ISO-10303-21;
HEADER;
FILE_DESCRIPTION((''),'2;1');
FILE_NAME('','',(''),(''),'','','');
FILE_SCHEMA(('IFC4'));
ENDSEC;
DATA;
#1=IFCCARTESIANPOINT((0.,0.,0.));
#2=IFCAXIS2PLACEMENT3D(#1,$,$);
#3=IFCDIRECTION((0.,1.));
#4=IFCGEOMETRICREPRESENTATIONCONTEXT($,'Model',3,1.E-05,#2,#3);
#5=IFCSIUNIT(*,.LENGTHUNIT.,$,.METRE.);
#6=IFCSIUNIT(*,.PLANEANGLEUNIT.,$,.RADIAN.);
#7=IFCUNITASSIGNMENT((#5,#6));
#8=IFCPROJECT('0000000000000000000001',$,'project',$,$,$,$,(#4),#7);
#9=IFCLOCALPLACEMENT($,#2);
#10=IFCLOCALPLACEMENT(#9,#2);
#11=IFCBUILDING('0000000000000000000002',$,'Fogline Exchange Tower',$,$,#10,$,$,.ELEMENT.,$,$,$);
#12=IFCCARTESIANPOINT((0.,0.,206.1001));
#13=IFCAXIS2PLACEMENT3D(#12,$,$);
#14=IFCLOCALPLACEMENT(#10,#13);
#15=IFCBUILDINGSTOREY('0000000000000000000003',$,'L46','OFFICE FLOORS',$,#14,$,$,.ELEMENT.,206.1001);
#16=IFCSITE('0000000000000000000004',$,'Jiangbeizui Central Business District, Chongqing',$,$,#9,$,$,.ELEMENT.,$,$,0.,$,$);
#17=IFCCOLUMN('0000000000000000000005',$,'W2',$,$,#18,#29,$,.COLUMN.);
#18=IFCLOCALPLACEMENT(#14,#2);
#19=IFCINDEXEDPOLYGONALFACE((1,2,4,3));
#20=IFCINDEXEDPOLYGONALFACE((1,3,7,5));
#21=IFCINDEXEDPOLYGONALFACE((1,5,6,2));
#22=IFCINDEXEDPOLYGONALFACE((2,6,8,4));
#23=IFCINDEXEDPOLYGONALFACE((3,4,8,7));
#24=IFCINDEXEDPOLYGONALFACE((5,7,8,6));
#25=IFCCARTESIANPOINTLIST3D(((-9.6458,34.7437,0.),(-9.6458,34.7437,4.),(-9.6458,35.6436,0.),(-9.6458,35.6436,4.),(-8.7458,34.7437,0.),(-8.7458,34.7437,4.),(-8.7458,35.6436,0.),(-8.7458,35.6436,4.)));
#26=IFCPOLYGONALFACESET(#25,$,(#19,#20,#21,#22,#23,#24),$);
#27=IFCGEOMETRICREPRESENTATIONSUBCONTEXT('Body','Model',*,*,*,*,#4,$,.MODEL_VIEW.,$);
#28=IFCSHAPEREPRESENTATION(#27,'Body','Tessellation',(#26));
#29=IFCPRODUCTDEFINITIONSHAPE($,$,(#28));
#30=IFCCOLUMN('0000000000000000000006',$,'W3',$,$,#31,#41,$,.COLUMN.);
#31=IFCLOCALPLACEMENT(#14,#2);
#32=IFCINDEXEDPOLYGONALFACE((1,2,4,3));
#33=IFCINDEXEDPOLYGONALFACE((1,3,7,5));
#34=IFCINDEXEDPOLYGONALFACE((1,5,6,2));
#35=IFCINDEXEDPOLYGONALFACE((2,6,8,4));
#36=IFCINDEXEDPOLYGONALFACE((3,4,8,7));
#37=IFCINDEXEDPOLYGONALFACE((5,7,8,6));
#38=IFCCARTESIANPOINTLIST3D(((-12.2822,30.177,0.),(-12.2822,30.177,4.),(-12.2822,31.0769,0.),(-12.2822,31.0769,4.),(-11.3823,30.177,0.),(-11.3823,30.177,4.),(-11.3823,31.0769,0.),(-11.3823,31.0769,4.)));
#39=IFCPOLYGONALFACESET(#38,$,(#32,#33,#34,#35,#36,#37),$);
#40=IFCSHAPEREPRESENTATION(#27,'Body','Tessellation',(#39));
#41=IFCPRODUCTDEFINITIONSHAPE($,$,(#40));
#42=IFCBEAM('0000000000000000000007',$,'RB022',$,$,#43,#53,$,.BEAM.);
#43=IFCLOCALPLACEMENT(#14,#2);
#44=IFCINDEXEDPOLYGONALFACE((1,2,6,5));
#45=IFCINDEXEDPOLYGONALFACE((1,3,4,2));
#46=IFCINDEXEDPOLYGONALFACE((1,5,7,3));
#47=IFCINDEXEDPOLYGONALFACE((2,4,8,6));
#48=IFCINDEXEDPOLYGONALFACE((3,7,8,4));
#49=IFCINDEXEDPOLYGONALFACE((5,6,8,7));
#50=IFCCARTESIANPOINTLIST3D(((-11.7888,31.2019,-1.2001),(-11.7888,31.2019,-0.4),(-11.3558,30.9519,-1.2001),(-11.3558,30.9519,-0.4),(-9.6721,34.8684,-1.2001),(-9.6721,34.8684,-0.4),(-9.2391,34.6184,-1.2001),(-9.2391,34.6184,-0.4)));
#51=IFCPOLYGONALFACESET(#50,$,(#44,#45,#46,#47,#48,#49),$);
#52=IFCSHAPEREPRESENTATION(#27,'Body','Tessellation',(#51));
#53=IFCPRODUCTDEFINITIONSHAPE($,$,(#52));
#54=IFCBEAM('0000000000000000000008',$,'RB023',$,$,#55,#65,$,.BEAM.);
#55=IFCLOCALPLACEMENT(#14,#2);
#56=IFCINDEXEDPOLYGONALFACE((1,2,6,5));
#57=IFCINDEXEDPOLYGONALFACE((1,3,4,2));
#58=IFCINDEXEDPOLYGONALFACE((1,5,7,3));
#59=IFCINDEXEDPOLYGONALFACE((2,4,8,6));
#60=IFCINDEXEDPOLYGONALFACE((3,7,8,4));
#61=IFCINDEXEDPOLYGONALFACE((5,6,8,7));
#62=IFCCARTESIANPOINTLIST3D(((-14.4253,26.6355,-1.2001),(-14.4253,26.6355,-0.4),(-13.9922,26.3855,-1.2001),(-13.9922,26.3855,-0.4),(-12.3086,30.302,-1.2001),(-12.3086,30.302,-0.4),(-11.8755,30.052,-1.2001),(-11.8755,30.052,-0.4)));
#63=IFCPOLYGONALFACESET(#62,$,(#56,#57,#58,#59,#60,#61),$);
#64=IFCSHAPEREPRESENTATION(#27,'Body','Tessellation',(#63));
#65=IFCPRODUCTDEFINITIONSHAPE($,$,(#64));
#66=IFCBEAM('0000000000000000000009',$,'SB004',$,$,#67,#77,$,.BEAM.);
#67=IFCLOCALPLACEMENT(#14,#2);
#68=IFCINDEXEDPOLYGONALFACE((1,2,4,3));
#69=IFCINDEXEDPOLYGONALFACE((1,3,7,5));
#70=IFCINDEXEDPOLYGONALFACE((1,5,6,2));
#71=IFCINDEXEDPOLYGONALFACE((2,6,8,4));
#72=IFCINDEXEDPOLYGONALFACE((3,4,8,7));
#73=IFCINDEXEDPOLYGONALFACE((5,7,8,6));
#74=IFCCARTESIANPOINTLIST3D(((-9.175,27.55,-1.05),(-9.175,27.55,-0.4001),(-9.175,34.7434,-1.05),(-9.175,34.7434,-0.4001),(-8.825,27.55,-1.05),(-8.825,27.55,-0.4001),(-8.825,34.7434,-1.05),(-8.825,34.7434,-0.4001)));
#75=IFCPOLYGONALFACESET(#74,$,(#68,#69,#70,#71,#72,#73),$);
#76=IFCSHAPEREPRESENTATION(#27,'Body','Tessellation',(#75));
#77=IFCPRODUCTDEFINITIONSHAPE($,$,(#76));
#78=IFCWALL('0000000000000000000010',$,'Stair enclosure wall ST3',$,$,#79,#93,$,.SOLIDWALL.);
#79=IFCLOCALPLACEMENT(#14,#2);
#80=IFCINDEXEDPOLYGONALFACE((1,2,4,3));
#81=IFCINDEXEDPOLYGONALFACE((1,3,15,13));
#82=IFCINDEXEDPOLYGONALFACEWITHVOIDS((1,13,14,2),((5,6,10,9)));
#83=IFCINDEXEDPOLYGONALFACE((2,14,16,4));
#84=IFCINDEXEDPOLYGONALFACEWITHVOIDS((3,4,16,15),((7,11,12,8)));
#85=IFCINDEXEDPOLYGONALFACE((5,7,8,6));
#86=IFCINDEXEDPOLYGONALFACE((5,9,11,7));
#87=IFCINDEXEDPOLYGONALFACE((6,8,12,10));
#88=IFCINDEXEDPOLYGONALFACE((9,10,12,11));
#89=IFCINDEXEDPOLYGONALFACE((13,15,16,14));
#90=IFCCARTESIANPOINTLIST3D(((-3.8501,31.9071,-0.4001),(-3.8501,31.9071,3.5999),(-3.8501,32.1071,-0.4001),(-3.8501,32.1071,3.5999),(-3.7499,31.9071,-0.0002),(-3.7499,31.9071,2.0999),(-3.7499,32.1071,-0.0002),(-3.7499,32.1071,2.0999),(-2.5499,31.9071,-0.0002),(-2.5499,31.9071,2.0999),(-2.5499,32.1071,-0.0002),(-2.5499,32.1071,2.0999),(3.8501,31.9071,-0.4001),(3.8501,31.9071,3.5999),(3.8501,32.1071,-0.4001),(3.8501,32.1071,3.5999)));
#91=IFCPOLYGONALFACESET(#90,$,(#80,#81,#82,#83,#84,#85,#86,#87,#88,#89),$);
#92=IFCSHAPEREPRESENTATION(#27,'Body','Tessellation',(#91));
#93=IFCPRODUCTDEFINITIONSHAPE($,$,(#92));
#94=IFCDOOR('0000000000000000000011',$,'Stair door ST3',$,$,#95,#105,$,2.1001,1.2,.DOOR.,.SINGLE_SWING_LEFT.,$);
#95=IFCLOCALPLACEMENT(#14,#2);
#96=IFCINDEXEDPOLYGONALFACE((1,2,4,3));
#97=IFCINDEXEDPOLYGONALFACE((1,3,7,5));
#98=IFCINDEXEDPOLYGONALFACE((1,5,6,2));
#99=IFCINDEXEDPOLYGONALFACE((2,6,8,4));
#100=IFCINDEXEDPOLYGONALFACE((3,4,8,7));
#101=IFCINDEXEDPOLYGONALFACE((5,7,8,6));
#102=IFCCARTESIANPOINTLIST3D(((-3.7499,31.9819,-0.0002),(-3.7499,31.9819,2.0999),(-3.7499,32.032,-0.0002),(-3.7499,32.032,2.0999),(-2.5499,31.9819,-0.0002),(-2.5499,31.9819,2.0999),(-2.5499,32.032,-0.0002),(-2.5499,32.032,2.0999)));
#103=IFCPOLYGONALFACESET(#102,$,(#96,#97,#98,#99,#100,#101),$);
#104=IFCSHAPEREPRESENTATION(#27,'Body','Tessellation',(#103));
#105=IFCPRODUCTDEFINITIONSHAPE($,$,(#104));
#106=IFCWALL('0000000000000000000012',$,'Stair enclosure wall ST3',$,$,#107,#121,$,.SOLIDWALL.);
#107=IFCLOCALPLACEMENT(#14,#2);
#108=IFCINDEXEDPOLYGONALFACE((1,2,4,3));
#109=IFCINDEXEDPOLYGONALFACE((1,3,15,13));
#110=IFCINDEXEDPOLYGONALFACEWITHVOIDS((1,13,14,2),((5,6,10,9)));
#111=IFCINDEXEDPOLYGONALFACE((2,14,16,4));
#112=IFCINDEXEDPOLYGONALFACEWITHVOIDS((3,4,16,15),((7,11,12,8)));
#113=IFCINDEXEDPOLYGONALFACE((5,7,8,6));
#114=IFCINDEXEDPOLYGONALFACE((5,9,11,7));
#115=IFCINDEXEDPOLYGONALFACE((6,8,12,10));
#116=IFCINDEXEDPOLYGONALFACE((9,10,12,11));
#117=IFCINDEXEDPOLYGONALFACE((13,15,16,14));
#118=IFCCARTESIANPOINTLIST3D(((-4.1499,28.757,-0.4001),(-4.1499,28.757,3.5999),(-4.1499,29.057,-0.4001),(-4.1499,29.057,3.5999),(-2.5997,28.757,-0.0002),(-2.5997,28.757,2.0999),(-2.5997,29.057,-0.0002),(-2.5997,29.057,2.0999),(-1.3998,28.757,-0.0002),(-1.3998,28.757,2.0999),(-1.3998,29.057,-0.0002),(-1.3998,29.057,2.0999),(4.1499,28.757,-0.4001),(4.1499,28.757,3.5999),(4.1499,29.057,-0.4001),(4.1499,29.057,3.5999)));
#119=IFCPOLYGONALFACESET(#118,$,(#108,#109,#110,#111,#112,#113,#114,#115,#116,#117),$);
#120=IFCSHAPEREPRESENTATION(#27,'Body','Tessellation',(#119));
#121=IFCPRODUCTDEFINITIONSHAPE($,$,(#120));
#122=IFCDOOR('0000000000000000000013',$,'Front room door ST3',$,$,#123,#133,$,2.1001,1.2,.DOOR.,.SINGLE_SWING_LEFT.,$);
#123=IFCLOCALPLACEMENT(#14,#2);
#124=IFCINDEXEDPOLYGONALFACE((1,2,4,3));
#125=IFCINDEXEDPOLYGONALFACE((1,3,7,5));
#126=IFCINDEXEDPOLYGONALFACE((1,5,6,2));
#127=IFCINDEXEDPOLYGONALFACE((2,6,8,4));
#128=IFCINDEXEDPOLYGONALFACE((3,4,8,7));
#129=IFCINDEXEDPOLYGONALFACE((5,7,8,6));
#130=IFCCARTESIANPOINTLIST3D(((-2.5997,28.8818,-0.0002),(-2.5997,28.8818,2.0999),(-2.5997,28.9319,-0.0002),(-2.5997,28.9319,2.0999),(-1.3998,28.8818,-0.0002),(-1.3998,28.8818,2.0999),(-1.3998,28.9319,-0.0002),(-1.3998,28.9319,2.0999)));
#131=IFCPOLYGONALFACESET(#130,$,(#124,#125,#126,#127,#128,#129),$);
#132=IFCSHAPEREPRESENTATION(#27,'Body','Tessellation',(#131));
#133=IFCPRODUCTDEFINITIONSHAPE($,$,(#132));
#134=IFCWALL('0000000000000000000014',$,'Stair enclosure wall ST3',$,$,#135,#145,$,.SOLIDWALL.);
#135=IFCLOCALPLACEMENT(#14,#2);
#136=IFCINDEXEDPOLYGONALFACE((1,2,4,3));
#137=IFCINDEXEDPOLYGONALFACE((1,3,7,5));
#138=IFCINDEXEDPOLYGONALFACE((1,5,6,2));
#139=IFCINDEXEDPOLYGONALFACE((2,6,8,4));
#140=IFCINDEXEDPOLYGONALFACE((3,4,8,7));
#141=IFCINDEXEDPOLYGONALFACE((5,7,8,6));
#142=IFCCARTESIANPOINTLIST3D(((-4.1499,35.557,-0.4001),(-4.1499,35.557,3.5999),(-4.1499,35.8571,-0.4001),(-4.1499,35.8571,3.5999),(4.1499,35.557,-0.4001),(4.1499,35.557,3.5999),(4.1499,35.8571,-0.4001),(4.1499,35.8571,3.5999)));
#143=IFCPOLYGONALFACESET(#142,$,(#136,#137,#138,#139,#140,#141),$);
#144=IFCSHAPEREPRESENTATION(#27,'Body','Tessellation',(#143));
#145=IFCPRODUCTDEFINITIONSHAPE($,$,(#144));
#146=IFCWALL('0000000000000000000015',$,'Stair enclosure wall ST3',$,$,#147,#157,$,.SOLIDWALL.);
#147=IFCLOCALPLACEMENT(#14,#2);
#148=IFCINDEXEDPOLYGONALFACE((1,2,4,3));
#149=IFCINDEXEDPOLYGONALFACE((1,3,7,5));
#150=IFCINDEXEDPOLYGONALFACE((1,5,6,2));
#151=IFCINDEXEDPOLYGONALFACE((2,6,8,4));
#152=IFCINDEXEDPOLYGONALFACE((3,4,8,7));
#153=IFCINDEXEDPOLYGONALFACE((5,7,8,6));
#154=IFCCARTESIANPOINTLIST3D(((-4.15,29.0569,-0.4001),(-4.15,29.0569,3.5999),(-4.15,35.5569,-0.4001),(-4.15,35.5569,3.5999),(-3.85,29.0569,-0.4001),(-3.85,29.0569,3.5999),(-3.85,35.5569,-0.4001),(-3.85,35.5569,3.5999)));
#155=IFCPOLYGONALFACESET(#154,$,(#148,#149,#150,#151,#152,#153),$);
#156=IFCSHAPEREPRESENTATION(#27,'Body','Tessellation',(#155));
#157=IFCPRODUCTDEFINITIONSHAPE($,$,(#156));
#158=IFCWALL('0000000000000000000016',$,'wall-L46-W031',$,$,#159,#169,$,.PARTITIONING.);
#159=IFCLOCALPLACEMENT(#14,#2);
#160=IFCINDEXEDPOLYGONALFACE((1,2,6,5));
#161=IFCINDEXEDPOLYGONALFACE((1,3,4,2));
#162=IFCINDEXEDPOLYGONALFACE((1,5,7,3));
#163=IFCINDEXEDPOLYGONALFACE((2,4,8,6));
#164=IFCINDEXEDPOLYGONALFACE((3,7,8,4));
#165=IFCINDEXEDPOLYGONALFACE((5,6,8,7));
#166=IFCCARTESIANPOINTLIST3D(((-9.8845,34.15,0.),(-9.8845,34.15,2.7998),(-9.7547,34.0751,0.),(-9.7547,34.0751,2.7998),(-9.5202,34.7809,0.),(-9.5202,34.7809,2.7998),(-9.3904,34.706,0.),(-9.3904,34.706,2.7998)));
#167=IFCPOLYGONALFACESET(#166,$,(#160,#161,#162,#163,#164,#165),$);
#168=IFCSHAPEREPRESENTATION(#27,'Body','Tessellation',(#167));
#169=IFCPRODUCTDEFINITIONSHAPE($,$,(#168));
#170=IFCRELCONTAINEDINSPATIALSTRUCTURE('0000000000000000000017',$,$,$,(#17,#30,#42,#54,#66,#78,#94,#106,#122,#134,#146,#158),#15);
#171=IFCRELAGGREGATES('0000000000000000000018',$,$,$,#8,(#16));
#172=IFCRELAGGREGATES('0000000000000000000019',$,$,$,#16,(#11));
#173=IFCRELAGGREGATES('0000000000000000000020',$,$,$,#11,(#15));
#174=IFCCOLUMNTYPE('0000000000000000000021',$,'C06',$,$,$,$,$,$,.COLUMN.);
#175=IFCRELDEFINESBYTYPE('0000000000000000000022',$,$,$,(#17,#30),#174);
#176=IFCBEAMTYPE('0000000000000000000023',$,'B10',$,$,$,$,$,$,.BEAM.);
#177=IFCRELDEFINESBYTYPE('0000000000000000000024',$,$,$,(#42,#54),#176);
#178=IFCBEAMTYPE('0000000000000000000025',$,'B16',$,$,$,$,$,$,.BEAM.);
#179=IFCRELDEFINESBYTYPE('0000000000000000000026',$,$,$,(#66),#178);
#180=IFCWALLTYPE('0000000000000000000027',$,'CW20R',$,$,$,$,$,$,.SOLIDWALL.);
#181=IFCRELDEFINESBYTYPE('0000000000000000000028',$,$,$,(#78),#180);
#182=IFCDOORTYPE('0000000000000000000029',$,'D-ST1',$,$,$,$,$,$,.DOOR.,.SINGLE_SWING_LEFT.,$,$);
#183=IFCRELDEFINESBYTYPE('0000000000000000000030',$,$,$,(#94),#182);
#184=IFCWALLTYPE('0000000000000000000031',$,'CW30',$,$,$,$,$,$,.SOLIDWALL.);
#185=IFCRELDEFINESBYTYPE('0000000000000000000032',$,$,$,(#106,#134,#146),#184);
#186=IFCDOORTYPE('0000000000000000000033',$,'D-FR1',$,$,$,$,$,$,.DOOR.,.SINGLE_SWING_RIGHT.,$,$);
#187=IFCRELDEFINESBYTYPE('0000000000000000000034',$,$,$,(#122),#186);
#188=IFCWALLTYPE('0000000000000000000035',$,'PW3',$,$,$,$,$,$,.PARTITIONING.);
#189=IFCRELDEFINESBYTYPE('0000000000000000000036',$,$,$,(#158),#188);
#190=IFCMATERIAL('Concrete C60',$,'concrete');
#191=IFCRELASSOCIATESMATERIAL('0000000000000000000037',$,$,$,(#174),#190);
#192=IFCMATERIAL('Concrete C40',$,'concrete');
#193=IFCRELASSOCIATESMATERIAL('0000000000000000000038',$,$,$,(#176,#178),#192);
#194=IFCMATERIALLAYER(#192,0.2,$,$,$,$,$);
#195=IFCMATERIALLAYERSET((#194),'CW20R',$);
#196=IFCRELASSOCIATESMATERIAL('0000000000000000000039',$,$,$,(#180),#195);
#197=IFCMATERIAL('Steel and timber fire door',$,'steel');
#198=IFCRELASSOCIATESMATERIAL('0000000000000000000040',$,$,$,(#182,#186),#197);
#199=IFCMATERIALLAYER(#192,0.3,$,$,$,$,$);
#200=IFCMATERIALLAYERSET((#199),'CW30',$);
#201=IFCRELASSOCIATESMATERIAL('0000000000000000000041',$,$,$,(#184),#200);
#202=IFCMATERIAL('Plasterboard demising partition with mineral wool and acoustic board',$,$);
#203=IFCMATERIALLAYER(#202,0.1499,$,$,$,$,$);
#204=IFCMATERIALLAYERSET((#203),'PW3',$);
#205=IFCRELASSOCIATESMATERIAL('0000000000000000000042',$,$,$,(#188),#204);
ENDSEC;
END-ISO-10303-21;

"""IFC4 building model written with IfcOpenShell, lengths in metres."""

from ifc_helpers import new_model, si_unit, direction, frame, frame_2d, origin, origin_2d, place, context, subcontext, project, spatial, rectangle, extrude, material, layer, layer_set, material_profile, profile_set, type_object, element, fill, save


model = new_model("IFC4")

# Units and contexts
model_context = context("Model", 3, precision=1e-05, world=origin(), true_north=direction((0.0, 1.0)))
body_context = subcontext(model_context, "Body", "Model", "MODEL_VIEW")
ifc_project = project(units=[si_unit("LENGTHUNIT", "METRE"), si_unit("PLANEANGLEUNIT", "RADIAN")], contexts=[model_context])

# Site, building, storey
site_placement = place(None, origin())
site = spatial("IfcSite", under=ifc_project, at=site_placement, Name="Jiangbeizui Central Business District, Chongqing", CompositionType="ELEMENT", RefElevation=0.0)
building_placement = place(site_placement, origin())
building = spatial("IfcBuilding", under=site, at=building_placement, Name="Fogline Exchange Tower", CompositionType="ELEMENT")
storey_placement = place(building_placement, frame((0.0, 0.0, 206.1001)))
storey = spatial("IfcBuildingStorey", under=building, at=storey_placement, Name="L46", Description="OFFICE FLOORS", CompositionType="ELEMENT", Elevation=206.1001)

# Columns
ifc_material_1 = material(Name="Concrete C60", Category="concrete")
ifc_material_profile_1 = material_profile(ifc_material_1, rectangle(XDim=0.8999, YDim=0.8999, at=origin_2d()), Name="RC 900x900")
ifc_profile_set_1 = profile_set([ifc_material_profile_1], Name="Concrete C60")
column_type = type_object("IfcColumnType", Name="C06", PredefinedType="COLUMN", material=ifc_profile_set_1)
for number, where, z_axis, x_axis, name in (
    (1, (-9.1958, 35.1936, 0.0), (0.0, 0.0, 1.0), (1.0, 0.0, 0.0), "W2"),
    (2, (-11.8323, 30.627, 0.0), (0.0, 0.0, 1.0), (1.0, 0.0, 0.0), "W3"),
):
    element("IfcColumn", number, at=place(storey_placement, frame(where, z_axis=z_axis, x_axis=x_axis)), inside=storey, type_object=column_type, Name=name, PredefinedType="COLUMN", context=body_context, shape_type="SweptSolid", body=[
        extrude(rectangle(XDim=0.8999, YDim=0.8999, at=origin_2d()), origin(), (0.0, 0.0, 1.0), 4.0),
    ])

# Beams
ifc_material_2 = material(Name="Concrete C40", Category="concrete")
ifc_material_profile_2 = material_profile(ifc_material_2, rectangle(XDim=0.5, YDim=0.8, at=origin_2d()), Name="RC 500x800")
ifc_profile_set_2 = profile_set([ifc_material_profile_2], Name="Concrete C40")
beam_type_1 = type_object("IfcBeamType", Name="B10", PredefinedType="BEAM", material=ifc_profile_set_2)
for number, where, z_axis, x_axis, name in (
    (3, (-9.4556, 34.7434, -0.8), (-0.499972, -0.866042, 0.0), (0.866042, -0.499972, 0.0), "RB022"),
    (4, (-12.092, 30.177, -0.8), (-0.499972, -0.866042, 0.0), (0.866042, -0.499972, 0.0), "RB023"),
):
    element("IfcBeam", number, at=place(storey_placement, frame(where, z_axis=z_axis, x_axis=x_axis)), inside=storey, type_object=beam_type_1, Name=name, PredefinedType="BEAM", context=body_context, shape_type="SweptSolid", body=[
        extrude(rectangle(XDim=0.5, YDim=0.8, at=origin_2d()), origin(), (0.0, 0.0, 1.0), 4.2336),
    ])
ifc_material_profile_3 = material_profile(ifc_material_2, rectangle(XDim=0.3501, YDim=0.6499, at=origin_2d()), Name="RC 350x650")
ifc_profile_set_3 = profile_set([ifc_material_profile_3], Name="Concrete C40")
beam_type_2 = type_object("IfcBeamType", Name="B16", PredefinedType="BEAM", material=ifc_profile_set_3)
beam_placement = place(storey_placement, frame((-9.0, 27.55, -0.7251), z_axis=(0.0, 1.0, 0.0), x_axis=(-1.0, 0.0, 0.0)))
element("IfcBeam", 5, at=beam_placement, inside=storey, type_object=beam_type_2, Name="SB004", PredefinedType="BEAM", context=body_context, shape_type="SweptSolid", body=[
    extrude(rectangle(XDim=0.3501, YDim=0.6499, at=origin_2d()), origin(), (0.0, 0.0, 1.0), 7.1934),
])

# Walls, openings, doors
ifc_layer_1 = layer(ifc_material_2, 0.2)
ifc_layer_set_1 = layer_set([ifc_layer_1], Name="CW20R")
wall_type_1 = type_object("IfcWallType", Name="CW20R", PredefinedType="SOLIDWALL", material=ifc_layer_set_1)
wall_1_placement = place(storey_placement, frame((-3.8501, 32.0071, -0.4001), z_axis=(0.0, 0.0, 1.0), x_axis=(1.0, 0.0, 0.0)))
wall_1 = element("IfcWall", 6, at=wall_1_placement, inside=storey, type_object=wall_type_1, Name="Stair enclosure wall ST3", PredefinedType="SOLIDWALL", context=body_context, shape_type="SweptSolid", body=[
    extrude(rectangle(XDim=7.7002, YDim=0.2, at=frame_2d((3.8501, 0.0))), origin(), (0.0, 0.0, 1.0), 4.0),
])
opening_1_placement = place(wall_1_placement, frame((0.1001, 0.0, 0.3999)))
opening_1 = element("IfcOpeningElement", 7, at=opening_1_placement, cuts=wall_1, PredefinedType="OPENING", context=body_context, shape_type="SweptSolid", body=[
    extrude(rectangle(XDim=1.2, YDim=2.1001, at=frame_2d((0.6001, 1.05))), frame((0.0, 0.1099, 0.0), z_axis=(0.0, -1.0, 0.0), x_axis=(1.0, 0.0, 0.0)), (0.0, 0.0, 1.0), 0.22),
])
ifc_material_3 = material(Name="Steel and timber fire door", Category="steel")
door_type_1 = type_object("IfcDoorType", Name="D-ST1", OperationType="SINGLE_SWING_LEFT", PredefinedType="DOOR", material=ifc_material_3)
door_1_placement = place(opening_1_placement, origin())
door_1 = element("IfcDoor", 8, at=door_1_placement, inside=storey, type_object=door_type_1, Name="Stair door ST3", OperationType="SINGLE_SWING_LEFT", OverallHeight=2.1001, OverallWidth=1.2, PredefinedType="DOOR", context=body_context, shape_type="SweptSolid", body=[
    extrude(rectangle(XDim=1.2, YDim=2.1001, at=frame_2d((0.6001, 1.05))), frame((0.0, 0.0249, 0.0), z_axis=(0.0, -1.0, 0.0), x_axis=(1.0, 0.0, 0.0)), (0.0, 0.0, 1.0), 0.05),
])
fill(opening_1, door_1)
ifc_layer_2 = layer(ifc_material_2, 0.3)
ifc_layer_set_2 = layer_set([ifc_layer_2], Name="CW30")
wall_type_2 = type_object("IfcWallType", Name="CW30", PredefinedType="SOLIDWALL", material=ifc_layer_set_2)
wall_2_placement = place(storey_placement, frame((-4.1499, 28.907, -0.4001), z_axis=(0.0, 0.0, 1.0), x_axis=(1.0, 0.0, 0.0)))
wall_2 = element("IfcWall", 9, at=wall_2_placement, inside=storey, type_object=wall_type_2, Name="Stair enclosure wall ST3", PredefinedType="SOLIDWALL", context=body_context, shape_type="SweptSolid", body=[
    extrude(rectangle(XDim=8.2998, YDim=0.3, at=frame_2d((4.1499, 0.0))), origin(), (0.0, 0.0, 1.0), 4.0),
])
opening_2_placement = place(wall_2_placement, frame((1.55, 0.0, 0.3999)))
opening_2 = element("IfcOpeningElement", 10, at=opening_2_placement, cuts=wall_2, PredefinedType="OPENING", context=body_context, shape_type="SweptSolid", body=[
    extrude(rectangle(XDim=1.2, YDim=2.1001, at=frame_2d((0.6001, 1.05))), frame((0.0, 0.1602, 0.0), z_axis=(0.0, -1.0, 0.0), x_axis=(1.0, 0.0, 0.0)), (0.0, 0.0, 1.0), 0.3201),
])
door_type_2 = type_object("IfcDoorType", Name="D-FR1", OperationType="SINGLE_SWING_RIGHT", PredefinedType="DOOR", material=ifc_material_3)
door_2_placement = place(opening_2_placement, origin())
door_2 = element("IfcDoor", 11, at=door_2_placement, inside=storey, type_object=door_type_2, Name="Front room door ST3", OperationType="SINGLE_SWING_LEFT", OverallHeight=2.1001, OverallWidth=1.2, PredefinedType="DOOR", context=body_context, shape_type="SweptSolid", body=[
    extrude(rectangle(XDim=1.2, YDim=2.1001, at=frame_2d((0.6001, 1.05))), frame((0.0, 0.0249, 0.0), z_axis=(0.0, -1.0, 0.0), x_axis=(1.0, 0.0, 0.0)), (0.0, 0.0, 1.0), 0.05),
])
fill(opening_2, door_2)

# Walls
wall_3_placement = place(storey_placement, frame((-4.1499, 35.707, -0.4001), z_axis=(0.0, 0.0, 1.0), x_axis=(1.0, 0.0, 0.0)))
element("IfcWall", 12, at=wall_3_placement, inside=storey, type_object=wall_type_2, Name="Stair enclosure wall ST3", PredefinedType="SOLIDWALL", context=body_context, shape_type="SweptSolid", body=[
    extrude(rectangle(XDim=8.2998, YDim=0.3, at=frame_2d((4.1499, 0.0))), origin(), (0.0, 0.0, 1.0), 4.0),
])
wall_4_placement = place(storey_placement, frame((-4.0, 29.0569, -0.4001), z_axis=(0.0, 0.0, 1.0), x_axis=(0.0, 1.0, 0.0)))
element("IfcWall", 13, at=wall_4_placement, inside=storey, type_object=wall_type_2, Name="Stair enclosure wall ST3", PredefinedType="SOLIDWALL", context=body_context, shape_type="SweptSolid", body=[
    extrude(rectangle(XDim=6.5, YDim=0.3, at=frame_2d((3.25, 0.0))), origin(), (0.0, 0.0, 1.0), 4.0),
])
ifc_material_4 = material(Name="Plasterboard demising partition with mineral wool and acoustic board")
ifc_layer_3 = layer(ifc_material_4, 0.1499)
ifc_layer_set_3 = layer_set([ifc_layer_3], Name="PW3")
wall_type_3 = type_object("IfcWallType", Name="PW3", PredefinedType="PARTITIONING", material=ifc_layer_set_3)
wall_5_placement = place(storey_placement, frame((-9.8196, 34.1125, 0.0), z_axis=(0.0, 0.0, 1.0), x_axis=(0.500032, 0.866007, 0.0)))
element("IfcWall", 14, at=wall_5_placement, inside=storey, type_object=wall_type_3, Name="wall-L46-W031", PredefinedType="PARTITIONING", context=body_context, shape_type="SweptSolid", body=[
    extrude(rectangle(XDim=0.7285, YDim=0.1499, at=frame_2d((0.3643, 0.0))), origin(), (0.0, 0.0, 1.0), 2.7998),
])

save(model, "model.ifc")
